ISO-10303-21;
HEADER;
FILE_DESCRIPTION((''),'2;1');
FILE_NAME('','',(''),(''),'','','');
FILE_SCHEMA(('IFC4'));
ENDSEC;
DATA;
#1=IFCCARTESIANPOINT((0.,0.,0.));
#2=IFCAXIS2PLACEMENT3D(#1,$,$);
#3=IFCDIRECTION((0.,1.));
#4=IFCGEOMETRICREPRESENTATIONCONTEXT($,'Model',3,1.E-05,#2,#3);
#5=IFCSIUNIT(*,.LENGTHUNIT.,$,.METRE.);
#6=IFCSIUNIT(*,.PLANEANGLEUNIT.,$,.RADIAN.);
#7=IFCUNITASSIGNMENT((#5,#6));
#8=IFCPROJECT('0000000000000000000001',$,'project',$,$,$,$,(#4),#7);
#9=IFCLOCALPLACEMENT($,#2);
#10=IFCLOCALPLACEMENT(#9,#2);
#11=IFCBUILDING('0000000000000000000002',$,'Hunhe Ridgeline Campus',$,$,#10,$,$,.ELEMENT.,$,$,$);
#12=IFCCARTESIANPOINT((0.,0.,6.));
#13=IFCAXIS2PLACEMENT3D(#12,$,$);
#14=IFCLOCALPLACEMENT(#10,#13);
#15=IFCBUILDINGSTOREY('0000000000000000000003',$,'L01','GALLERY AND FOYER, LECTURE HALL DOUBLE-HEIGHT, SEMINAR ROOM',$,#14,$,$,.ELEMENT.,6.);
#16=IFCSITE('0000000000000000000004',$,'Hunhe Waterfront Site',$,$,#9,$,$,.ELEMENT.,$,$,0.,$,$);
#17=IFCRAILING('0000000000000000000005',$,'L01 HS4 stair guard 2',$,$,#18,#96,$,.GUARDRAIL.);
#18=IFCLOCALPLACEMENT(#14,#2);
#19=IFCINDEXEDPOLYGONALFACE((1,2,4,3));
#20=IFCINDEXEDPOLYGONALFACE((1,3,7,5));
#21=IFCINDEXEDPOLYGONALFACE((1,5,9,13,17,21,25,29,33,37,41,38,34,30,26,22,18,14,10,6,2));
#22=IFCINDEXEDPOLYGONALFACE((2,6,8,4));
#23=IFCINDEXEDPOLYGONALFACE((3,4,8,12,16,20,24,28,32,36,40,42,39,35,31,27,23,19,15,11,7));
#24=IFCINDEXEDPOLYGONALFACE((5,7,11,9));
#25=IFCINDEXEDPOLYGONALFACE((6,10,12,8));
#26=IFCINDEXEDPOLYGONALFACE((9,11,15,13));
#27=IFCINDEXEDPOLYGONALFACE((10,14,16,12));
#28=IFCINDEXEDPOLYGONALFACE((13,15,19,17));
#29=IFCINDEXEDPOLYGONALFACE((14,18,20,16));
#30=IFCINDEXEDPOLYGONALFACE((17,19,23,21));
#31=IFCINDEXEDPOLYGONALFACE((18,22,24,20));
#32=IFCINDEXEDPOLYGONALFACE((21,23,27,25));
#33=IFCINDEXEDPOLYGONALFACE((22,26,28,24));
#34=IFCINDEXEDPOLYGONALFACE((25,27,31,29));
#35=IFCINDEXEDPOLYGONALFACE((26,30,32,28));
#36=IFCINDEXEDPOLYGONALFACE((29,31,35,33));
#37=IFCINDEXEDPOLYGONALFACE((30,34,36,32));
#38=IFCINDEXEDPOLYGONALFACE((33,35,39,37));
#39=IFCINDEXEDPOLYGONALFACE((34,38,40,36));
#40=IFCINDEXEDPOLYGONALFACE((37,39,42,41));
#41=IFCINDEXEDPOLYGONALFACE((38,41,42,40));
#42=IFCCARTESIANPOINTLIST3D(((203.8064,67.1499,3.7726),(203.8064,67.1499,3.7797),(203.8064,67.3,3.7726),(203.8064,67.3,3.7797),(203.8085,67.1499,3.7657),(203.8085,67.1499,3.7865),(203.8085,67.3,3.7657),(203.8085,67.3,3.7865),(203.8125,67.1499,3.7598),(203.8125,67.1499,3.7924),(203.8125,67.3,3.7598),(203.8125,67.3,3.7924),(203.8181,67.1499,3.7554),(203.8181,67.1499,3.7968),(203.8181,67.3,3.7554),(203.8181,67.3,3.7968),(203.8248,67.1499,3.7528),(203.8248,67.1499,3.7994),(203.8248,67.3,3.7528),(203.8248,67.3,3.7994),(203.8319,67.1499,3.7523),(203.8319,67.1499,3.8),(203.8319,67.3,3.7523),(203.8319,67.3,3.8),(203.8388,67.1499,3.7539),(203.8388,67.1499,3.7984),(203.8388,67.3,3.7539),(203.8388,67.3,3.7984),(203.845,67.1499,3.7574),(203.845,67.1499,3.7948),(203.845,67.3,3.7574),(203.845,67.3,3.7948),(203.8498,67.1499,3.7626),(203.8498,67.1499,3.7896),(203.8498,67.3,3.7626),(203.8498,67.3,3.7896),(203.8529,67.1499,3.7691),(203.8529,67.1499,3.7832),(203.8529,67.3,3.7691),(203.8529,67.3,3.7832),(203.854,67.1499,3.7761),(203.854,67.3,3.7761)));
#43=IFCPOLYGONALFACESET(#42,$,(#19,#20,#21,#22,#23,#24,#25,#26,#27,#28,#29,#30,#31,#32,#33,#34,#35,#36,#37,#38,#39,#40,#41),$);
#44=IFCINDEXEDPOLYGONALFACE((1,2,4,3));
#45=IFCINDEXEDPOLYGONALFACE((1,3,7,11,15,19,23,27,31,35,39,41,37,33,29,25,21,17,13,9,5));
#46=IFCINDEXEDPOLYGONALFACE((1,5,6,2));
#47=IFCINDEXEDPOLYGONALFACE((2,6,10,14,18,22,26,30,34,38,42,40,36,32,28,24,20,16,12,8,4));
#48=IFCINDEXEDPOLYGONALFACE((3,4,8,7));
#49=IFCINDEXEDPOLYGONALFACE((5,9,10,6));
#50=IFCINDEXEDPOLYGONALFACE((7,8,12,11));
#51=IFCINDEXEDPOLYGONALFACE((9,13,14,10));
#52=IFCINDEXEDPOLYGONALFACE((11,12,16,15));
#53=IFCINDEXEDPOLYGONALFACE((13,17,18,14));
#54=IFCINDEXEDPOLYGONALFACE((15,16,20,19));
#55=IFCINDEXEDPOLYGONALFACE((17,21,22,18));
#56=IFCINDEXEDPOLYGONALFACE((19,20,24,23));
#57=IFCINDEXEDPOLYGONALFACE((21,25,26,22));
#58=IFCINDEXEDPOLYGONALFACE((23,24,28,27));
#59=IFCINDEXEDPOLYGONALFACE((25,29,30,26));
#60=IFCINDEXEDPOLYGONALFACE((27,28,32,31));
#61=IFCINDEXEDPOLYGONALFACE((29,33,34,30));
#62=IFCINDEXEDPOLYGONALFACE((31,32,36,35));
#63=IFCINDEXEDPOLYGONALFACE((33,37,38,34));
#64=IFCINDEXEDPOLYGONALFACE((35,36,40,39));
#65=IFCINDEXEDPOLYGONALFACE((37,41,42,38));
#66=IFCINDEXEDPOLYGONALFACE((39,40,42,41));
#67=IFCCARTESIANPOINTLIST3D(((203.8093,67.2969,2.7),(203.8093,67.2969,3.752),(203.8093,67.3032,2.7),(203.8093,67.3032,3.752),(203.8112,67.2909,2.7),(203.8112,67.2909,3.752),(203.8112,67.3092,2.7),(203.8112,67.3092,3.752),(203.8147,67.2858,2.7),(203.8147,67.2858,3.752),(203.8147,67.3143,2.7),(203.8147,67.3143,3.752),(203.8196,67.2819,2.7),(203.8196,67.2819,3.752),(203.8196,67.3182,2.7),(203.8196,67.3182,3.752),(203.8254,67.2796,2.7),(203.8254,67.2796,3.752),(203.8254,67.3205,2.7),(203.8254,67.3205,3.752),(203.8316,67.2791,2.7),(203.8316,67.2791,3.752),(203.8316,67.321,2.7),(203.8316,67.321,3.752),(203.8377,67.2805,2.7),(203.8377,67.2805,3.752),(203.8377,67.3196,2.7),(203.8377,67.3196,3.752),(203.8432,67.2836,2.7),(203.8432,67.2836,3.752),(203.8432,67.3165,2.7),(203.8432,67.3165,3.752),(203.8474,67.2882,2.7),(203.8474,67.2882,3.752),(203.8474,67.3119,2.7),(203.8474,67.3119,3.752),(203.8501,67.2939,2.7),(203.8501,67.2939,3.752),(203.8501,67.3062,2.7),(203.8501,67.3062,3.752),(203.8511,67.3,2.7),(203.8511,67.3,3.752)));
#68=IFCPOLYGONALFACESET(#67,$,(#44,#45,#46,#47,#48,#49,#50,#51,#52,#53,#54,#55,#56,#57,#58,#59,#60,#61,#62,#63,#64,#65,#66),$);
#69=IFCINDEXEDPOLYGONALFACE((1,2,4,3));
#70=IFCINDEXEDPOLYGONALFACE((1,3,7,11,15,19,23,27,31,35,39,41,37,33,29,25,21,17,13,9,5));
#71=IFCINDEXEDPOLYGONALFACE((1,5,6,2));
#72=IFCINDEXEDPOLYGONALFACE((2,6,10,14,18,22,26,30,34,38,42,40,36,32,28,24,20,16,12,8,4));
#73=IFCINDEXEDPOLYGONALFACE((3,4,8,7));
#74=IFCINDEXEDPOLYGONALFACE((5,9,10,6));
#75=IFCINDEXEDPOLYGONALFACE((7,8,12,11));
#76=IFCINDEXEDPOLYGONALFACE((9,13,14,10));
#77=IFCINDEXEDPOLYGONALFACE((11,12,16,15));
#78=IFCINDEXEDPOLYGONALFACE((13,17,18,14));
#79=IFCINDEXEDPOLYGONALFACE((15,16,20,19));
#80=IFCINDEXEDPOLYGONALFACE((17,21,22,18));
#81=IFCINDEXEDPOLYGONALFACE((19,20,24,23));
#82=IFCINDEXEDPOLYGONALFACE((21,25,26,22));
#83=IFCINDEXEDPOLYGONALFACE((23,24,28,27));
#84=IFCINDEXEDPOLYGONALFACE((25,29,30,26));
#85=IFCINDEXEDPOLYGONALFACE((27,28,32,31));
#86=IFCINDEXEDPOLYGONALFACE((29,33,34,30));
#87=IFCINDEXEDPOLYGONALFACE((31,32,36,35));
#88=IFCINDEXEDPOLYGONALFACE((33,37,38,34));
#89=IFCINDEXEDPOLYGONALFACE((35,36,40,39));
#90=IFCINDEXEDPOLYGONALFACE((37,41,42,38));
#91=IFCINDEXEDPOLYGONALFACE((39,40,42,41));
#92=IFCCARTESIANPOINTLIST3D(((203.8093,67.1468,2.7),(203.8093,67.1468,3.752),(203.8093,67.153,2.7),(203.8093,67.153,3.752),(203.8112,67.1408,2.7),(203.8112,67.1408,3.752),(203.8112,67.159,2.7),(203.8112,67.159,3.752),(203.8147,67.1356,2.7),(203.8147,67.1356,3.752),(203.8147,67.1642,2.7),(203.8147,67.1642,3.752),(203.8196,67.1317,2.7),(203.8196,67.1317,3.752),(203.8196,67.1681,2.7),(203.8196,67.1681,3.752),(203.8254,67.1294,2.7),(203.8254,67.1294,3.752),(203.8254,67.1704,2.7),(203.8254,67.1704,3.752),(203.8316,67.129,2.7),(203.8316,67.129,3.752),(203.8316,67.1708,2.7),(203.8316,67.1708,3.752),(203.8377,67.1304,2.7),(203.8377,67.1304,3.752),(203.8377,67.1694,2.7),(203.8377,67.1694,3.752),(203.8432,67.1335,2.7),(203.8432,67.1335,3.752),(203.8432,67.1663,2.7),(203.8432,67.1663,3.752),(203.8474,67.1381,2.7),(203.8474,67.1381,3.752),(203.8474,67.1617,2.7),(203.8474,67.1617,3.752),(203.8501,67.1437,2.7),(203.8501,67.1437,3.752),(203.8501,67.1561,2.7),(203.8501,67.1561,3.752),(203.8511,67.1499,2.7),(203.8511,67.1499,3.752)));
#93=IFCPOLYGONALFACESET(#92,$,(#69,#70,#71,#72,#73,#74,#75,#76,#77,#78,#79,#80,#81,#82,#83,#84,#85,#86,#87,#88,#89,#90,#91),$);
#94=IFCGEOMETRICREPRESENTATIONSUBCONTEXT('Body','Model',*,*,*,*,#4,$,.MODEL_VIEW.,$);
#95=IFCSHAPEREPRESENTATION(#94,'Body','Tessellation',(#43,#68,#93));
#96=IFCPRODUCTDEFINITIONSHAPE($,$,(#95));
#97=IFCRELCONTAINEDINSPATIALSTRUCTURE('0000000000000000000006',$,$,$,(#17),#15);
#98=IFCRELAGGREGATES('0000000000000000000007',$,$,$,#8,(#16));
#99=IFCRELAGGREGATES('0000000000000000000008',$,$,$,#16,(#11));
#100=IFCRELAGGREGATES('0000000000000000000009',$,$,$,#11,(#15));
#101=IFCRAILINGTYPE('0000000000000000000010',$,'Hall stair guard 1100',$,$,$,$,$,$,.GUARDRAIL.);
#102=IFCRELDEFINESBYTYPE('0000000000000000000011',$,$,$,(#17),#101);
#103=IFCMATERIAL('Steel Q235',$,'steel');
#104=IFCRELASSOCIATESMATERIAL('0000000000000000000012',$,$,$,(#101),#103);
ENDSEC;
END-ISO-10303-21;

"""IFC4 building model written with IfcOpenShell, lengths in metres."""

from ifc_helpers import new_model, si_unit, direction, frame, origin, origin_2d, place, context, subcontext, project, spatial, circle, extrude, material, type_object, element, save


model = new_model("IFC4")

# Units and contexts
model_context = context("Model", 3, precision=1e-05, world=origin(), true_north=direction((0.0, 1.0)))
body_context = subcontext(model_context, "Body", "Model", "MODEL_VIEW")
ifc_project = project(units=[si_unit("LENGTHUNIT", "METRE"), si_unit("PLANEANGLEUNIT", "RADIAN")], contexts=[model_context])

# Site, building, storey
site_placement = place(None, origin())
site = spatial("IfcSite", under=ifc_project, at=site_placement, Name="Hunhe Waterfront Site", CompositionType="ELEMENT", RefElevation=0.0)
building_placement = place(site_placement, origin())
building = spatial("IfcBuilding", under=site, at=building_placement, Name="Hunhe Ridgeline Campus", CompositionType="ELEMENT")
storey_placement = place(building_placement, frame((0.0, 0.0, 6.0)))
storey = spatial("IfcBuildingStorey", under=building, at=storey_placement, Name="L01", Description="GALLERY AND FOYER, LECTURE HALL DOUBLE-HEIGHT, SEMINAR ROOM", CompositionType="ELEMENT", Elevation=6.0)

# Shared definitions
ifc_material_1 = material(Name="Steel Q235", Category="steel")

# Railing
railing_type_1 = type_object("IfcRailingType", Name="Hall stair guard 1100", PredefinedType="GUARDRAIL", material=ifc_material_1)
railing_1_placement = place(storey_placement, frame((203.8301, 67.3, 2.7)))
element("IfcRailing", 1, at=railing_1_placement, inside=storey, type_object=railing_type_1, Name="L01 HS4 stair guard 2", PredefinedType="GUARDRAIL", context=body_context, shape_type="SweptSolid", body=[
    extrude(circle(Radius=0.0239, at=origin_2d()), frame((0.0, 0.0, 1.0762), z_axis=(0.0, -1.0, 0.0), x_axis=(1.0, 0.0, 0.0)), (0.0, 0.0, 1.0), 0.1501),
    extrude(circle(Radius=0.021, at=origin_2d()), origin(), (0.0, 0.0, 1.0), 1.052),
    extrude(circle(Radius=0.021, at=origin_2d()), frame((0.0, -0.1501, 0.0)), (0.0, 0.0, 1.0), 1.052),
])

save(model, "model.ifc")
